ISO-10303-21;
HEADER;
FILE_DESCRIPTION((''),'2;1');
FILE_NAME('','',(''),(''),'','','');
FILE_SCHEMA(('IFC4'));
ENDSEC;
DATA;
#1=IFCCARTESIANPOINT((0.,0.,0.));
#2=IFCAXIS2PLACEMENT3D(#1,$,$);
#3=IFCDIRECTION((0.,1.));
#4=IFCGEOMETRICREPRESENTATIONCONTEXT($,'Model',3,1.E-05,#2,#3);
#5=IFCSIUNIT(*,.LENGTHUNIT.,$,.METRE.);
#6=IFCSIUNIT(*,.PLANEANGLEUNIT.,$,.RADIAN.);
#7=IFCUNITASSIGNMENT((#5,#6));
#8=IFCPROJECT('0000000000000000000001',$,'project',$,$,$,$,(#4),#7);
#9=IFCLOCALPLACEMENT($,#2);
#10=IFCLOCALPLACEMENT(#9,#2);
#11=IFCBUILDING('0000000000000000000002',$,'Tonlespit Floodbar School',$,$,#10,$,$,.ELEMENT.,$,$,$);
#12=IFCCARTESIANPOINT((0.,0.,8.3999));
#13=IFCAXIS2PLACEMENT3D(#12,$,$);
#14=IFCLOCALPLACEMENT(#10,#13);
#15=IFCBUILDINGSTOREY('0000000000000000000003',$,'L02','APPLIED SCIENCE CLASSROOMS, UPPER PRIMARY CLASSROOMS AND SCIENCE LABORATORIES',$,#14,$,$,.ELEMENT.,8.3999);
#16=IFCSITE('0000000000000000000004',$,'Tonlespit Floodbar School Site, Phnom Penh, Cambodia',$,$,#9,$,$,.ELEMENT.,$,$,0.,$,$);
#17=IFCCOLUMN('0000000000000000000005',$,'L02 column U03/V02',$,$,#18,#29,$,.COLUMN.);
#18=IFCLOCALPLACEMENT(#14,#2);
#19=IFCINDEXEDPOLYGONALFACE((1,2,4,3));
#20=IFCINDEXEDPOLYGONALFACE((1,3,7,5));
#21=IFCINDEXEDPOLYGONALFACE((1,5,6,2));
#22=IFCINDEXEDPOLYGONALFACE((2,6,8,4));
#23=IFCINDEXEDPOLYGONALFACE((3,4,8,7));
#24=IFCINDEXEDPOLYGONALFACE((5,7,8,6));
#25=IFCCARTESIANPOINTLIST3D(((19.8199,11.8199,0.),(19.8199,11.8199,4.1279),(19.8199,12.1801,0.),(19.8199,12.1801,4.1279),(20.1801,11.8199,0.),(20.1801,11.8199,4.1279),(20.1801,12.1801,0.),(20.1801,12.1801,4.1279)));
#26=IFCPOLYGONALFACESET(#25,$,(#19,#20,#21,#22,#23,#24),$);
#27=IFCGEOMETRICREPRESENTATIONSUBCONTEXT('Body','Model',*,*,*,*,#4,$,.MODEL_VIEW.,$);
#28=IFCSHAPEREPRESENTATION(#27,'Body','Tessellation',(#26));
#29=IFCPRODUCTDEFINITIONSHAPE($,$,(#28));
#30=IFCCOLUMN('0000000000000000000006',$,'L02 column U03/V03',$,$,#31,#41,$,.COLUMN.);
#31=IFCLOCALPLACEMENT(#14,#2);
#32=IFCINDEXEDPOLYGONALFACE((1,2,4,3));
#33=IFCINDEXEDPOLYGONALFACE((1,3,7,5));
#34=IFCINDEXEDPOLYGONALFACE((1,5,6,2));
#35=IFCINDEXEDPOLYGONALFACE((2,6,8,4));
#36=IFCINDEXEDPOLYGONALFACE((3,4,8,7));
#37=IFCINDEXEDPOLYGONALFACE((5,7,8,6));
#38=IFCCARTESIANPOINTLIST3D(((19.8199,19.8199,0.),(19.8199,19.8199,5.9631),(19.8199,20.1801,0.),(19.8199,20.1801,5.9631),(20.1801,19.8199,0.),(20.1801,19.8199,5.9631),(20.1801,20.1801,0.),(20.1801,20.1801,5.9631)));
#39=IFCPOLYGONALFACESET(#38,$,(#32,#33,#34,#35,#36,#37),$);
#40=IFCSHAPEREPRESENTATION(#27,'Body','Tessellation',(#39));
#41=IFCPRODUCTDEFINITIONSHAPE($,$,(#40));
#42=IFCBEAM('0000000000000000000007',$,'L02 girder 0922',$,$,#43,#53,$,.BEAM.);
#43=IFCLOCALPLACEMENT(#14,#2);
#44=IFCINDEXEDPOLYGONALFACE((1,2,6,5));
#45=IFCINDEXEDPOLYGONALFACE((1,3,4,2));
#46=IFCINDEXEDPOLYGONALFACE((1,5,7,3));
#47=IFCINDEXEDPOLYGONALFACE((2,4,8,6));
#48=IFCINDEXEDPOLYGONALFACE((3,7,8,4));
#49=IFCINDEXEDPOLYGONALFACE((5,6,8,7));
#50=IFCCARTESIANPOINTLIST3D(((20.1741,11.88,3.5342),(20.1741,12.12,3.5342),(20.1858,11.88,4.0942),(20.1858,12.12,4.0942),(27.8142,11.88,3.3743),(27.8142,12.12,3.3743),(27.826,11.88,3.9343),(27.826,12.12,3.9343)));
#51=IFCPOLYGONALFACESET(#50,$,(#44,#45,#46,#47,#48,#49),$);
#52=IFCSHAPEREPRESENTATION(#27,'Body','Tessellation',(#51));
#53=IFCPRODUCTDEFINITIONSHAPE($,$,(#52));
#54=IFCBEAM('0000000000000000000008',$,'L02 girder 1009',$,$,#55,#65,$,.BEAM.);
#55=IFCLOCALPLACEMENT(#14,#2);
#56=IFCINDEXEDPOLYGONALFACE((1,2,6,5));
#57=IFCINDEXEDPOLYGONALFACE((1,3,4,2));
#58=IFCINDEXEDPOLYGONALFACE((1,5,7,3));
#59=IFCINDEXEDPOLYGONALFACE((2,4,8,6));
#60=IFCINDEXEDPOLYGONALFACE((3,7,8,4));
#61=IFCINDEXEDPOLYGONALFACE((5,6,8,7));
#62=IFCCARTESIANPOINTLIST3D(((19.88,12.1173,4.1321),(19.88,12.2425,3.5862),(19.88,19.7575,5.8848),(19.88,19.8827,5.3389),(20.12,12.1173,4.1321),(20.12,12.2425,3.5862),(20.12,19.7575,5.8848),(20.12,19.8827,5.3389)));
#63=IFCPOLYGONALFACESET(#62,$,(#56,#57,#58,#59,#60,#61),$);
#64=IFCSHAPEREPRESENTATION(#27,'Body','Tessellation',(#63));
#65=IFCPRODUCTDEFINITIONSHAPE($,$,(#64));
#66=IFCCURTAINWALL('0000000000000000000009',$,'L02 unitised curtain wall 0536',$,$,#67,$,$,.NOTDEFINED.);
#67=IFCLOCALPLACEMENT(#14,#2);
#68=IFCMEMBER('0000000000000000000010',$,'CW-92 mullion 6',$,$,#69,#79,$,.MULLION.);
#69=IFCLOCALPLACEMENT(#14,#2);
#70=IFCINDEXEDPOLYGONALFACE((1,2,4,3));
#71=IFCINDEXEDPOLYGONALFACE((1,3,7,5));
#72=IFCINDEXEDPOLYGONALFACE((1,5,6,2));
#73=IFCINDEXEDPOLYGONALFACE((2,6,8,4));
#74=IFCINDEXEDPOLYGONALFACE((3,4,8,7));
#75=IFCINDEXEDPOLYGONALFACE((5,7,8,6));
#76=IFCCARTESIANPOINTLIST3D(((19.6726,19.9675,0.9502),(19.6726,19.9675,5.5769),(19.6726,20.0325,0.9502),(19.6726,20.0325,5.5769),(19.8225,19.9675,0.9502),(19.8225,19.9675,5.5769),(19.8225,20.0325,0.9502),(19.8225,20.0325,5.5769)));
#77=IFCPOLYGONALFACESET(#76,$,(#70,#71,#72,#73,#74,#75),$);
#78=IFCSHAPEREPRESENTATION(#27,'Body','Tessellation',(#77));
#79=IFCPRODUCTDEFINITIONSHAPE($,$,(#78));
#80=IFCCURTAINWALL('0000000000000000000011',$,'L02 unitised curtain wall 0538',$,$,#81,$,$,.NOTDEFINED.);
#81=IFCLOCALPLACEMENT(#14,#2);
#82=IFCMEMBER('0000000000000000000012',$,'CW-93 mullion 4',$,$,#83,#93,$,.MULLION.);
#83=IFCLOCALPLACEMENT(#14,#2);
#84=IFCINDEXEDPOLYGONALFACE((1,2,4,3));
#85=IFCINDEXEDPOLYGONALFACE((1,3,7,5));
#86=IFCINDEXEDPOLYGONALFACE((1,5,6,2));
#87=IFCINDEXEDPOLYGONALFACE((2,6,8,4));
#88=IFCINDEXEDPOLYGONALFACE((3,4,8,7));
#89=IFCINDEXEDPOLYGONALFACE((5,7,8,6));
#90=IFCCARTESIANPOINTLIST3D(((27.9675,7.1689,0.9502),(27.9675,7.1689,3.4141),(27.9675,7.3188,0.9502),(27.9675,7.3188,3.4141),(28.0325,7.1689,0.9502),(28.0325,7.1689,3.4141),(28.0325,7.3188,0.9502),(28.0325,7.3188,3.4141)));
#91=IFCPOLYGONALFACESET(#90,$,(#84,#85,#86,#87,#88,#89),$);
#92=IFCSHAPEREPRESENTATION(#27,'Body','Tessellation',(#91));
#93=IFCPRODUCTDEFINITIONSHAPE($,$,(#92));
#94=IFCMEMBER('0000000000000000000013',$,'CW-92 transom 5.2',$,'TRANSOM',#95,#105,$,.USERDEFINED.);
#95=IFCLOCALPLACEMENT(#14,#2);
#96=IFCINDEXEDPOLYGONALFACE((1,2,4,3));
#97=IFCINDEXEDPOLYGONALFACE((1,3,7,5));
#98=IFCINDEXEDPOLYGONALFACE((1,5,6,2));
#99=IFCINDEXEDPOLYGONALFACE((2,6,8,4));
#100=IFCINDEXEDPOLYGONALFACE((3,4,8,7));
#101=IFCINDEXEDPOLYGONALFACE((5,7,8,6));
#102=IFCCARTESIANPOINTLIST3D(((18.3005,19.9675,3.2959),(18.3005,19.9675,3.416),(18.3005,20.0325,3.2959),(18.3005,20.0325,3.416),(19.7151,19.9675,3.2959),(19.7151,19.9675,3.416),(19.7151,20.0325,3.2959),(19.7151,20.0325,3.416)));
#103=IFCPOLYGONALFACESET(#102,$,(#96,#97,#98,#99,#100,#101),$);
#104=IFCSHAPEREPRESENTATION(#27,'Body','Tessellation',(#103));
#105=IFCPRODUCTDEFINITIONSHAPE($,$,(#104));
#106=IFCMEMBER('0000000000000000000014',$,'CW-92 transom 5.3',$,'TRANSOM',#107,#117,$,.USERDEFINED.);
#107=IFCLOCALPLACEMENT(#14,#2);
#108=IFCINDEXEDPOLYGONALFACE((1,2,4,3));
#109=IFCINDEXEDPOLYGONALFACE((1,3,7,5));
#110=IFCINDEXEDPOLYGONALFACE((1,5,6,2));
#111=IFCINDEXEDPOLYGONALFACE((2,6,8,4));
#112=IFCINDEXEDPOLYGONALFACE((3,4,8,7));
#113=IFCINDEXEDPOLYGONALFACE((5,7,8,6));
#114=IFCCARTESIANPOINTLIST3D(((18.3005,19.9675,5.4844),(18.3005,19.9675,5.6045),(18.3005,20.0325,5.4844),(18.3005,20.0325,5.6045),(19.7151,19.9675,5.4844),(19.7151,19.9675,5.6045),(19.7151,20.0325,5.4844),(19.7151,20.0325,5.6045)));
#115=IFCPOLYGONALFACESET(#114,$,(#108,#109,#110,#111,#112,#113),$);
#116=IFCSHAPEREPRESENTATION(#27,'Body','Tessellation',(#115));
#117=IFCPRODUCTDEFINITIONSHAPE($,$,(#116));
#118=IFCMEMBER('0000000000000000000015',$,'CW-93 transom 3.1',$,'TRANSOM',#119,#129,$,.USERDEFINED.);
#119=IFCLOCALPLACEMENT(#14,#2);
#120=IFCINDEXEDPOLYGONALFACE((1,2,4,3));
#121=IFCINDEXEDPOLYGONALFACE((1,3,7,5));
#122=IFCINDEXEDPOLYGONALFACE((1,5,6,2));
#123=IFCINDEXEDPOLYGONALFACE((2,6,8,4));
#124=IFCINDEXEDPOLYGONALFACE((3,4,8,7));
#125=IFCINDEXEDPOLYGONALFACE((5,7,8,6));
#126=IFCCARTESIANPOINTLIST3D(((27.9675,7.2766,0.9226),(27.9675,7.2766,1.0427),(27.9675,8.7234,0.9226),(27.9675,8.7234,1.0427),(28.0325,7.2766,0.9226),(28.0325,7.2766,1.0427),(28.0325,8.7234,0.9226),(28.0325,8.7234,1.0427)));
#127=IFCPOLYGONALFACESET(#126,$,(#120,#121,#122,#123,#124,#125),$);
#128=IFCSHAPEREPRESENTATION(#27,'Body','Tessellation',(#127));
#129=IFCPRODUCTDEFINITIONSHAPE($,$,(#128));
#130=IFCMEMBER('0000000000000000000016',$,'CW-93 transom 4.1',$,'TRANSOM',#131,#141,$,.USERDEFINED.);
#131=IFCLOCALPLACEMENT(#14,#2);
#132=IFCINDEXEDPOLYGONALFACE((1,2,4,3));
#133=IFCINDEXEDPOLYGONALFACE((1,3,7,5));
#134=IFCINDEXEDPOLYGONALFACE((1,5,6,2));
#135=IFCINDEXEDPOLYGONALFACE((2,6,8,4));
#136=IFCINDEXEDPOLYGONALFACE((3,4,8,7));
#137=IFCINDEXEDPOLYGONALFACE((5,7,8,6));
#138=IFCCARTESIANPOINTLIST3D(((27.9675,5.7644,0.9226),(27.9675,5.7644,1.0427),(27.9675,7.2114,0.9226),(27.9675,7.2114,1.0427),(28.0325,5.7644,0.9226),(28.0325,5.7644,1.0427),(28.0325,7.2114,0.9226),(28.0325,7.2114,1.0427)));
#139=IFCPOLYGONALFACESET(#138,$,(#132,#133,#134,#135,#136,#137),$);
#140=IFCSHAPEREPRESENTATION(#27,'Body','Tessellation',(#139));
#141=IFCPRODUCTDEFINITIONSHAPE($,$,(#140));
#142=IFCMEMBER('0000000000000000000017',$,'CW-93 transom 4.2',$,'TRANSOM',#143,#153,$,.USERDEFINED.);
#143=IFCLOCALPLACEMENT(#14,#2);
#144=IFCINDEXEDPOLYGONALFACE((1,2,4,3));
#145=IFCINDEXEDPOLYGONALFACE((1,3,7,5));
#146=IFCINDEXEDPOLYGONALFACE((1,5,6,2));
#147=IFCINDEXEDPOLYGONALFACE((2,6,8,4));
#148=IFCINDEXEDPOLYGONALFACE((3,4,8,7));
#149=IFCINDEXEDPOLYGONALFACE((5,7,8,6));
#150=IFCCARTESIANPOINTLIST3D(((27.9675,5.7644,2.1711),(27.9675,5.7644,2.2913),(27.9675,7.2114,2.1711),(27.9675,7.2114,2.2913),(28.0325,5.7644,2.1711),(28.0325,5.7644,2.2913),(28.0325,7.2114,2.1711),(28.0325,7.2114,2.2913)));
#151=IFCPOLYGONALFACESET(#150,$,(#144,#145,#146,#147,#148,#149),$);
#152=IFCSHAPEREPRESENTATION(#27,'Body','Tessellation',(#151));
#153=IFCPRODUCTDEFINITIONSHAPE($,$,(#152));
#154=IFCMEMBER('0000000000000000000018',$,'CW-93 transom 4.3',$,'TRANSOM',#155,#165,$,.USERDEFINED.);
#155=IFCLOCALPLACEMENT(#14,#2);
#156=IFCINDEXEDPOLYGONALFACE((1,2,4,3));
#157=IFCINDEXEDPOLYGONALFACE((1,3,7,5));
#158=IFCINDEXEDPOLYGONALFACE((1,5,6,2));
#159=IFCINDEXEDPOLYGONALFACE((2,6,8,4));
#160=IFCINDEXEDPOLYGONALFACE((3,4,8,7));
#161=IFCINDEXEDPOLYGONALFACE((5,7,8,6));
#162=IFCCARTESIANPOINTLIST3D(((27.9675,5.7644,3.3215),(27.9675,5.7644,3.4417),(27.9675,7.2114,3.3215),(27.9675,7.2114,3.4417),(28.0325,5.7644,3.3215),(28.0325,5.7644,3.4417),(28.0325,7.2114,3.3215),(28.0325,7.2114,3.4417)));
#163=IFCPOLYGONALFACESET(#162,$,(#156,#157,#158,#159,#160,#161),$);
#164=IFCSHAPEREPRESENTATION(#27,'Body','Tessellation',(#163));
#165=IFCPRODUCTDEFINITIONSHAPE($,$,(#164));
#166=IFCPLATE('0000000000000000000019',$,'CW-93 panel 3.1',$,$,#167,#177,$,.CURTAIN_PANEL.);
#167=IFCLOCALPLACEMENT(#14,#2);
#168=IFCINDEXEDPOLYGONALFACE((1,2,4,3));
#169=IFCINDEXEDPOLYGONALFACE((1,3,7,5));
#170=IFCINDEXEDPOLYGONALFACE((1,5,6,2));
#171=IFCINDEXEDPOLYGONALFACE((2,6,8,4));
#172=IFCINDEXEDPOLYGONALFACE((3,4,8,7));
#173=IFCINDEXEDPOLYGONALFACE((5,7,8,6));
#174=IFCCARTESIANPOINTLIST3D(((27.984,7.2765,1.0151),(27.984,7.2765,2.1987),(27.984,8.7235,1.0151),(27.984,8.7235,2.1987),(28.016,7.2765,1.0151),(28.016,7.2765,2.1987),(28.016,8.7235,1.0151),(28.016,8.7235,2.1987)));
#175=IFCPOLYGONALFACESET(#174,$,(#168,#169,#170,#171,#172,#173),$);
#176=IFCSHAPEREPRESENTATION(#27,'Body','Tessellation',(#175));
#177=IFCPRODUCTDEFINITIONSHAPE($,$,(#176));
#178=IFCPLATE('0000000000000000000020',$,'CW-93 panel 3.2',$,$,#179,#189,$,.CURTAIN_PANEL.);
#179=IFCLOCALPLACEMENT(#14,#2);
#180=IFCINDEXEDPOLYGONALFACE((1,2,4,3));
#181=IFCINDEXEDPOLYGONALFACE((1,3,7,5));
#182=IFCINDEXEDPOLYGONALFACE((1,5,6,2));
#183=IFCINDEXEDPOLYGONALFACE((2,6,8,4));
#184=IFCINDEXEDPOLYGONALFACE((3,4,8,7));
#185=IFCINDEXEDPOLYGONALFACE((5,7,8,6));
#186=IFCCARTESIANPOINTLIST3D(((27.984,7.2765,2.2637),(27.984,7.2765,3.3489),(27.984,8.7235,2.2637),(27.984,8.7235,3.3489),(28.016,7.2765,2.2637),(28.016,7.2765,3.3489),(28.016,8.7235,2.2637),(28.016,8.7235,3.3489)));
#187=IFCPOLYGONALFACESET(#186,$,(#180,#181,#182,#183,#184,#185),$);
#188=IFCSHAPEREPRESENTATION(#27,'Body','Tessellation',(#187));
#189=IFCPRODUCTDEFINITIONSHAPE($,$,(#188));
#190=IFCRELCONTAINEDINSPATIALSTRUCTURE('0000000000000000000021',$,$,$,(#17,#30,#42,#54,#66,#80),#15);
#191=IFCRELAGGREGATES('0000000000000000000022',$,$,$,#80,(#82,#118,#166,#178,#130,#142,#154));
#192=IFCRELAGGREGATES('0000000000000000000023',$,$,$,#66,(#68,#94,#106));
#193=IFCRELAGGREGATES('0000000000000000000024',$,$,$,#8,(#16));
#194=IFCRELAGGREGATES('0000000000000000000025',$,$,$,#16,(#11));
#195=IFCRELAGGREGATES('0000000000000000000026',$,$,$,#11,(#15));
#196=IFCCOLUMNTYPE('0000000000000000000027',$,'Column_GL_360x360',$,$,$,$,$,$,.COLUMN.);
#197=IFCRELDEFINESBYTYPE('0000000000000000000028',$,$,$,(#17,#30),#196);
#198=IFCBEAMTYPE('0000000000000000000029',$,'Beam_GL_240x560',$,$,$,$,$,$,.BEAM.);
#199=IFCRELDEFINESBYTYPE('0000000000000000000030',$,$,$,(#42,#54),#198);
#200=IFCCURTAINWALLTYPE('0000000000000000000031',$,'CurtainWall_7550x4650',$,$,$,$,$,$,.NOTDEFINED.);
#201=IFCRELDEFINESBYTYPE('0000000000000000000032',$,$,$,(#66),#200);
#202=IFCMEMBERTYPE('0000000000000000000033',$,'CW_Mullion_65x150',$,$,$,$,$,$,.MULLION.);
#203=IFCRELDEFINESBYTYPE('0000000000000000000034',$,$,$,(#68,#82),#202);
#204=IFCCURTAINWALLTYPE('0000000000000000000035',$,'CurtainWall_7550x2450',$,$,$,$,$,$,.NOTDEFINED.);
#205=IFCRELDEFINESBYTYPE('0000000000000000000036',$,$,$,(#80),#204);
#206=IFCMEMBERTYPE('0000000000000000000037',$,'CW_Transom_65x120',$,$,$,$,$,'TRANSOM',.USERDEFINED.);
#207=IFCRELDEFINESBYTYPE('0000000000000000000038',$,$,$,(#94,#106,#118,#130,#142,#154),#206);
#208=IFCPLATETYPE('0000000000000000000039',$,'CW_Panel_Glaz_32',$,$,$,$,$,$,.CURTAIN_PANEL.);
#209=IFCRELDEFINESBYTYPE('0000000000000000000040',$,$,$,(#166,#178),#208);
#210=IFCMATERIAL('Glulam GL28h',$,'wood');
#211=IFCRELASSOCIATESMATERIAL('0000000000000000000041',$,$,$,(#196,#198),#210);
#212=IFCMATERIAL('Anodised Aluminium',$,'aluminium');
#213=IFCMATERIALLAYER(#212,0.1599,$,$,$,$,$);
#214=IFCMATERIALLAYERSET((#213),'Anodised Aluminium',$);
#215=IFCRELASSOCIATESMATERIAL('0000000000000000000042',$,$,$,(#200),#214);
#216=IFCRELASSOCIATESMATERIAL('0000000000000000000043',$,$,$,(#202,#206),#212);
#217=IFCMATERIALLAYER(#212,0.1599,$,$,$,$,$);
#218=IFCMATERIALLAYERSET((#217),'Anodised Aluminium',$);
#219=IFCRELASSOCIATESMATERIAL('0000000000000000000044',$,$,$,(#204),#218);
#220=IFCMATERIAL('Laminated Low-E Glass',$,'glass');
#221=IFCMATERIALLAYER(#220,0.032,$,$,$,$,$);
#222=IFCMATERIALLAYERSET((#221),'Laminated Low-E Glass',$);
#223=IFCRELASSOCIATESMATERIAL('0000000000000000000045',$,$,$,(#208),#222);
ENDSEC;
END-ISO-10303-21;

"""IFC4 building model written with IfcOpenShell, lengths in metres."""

from ifc_helpers import new_model, si_unit, direction, frame, origin, origin_2d, place, context, subcontext, project, spatial, rectangle, extrude, material, layer, layer_set, material_profile, profile_set, type_object, element, aggregate, save


model = new_model("IFC4")

# Units and contexts
model_context = context("Model", 3, precision=1e-05, world=origin(), true_north=direction((0.0, 1.0)))
body_context = subcontext(model_context, "Body", "Model", "MODEL_VIEW")
ifc_project = project(units=[si_unit("LENGTHUNIT", "METRE"), si_unit("PLANEANGLEUNIT", "RADIAN")], contexts=[model_context])

# Site, building, storey
site_placement = place(None, origin())
site = spatial("IfcSite", under=ifc_project, at=site_placement, Name="Tonlespit Floodbar School Site, Phnom Penh, Cambodia", CompositionType="ELEMENT", RefElevation=0.0)
building_placement = place(site_placement, origin())
building = spatial("IfcBuilding", under=site, at=building_placement, Name="Tonlespit Floodbar School", CompositionType="ELEMENT")
storey_placement = place(building_placement, frame((0.0, 0.0, 8.3999)))
storey = spatial("IfcBuildingStorey", under=building, at=storey_placement, Name="L02", Description="APPLIED SCIENCE CLASSROOMS, UPPER PRIMARY CLASSROOMS AND SCIENCE LABORATORIES", CompositionType="ELEMENT", Elevation=8.3999)

# Columns
ifc_material_1 = material(Name="Glulam GL28h", Category="wood")
ifc_material_profile_1 = material_profile(ifc_material_1, rectangle(XDim=0.3601, YDim=0.3601, at=origin_2d()), Name="GL 360x360")
ifc_profile_set_1 = profile_set([ifc_material_profile_1], Name="Glulam GL28h")
column_type = type_object("IfcColumnType", Name="Column_GL_360x360", PredefinedType="COLUMN", material=ifc_profile_set_1)
column_1_placement = place(storey_placement, frame((20.0, 12.0, 0.0), z_axis=(0.0, 0.0, 1.0), x_axis=(1.0, 0.0, 0.0)))
element("IfcColumn", 1, at=column_1_placement, inside=storey, type_object=column_type, Name="L02 column U03/V02", PredefinedType="COLUMN", context=body_context, shape_type="SweptSolid", body=[
    extrude(rectangle(XDim=0.3601, YDim=0.3601, at=origin_2d()), origin(), (0.0, 0.0, 1.0), 4.1279),
])
column_2_placement = place(storey_placement, frame((20.0, 20.0, 0.0), z_axis=(0.0, 0.0, 1.0), x_axis=(1.0, 0.0, 0.0)))
element("IfcColumn", 2, at=column_2_placement, inside=storey, type_object=column_type, Name="L02 column U03/V03", PredefinedType="COLUMN", context=body_context, shape_type="SweptSolid", body=[
    extrude(rectangle(XDim=0.3601, YDim=0.3601, at=origin_2d()), origin(), (0.0, 0.0, 1.0), 5.9631),
])

# Beams
ifc_material_profile_2 = material_profile(ifc_material_1, rectangle(XDim=0.24, YDim=0.5601, at=origin_2d()), Name="GL 240x560")
ifc_profile_set_2 = profile_set([ifc_material_profile_2], Name="Glulam GL28h")
beam_type = type_object("IfcBeamType", Name="Beam_GL_240x560", PredefinedType="BEAM", material=ifc_profile_set_2)
beam_1_placement = place(storey_placement, frame((20.1799, 12.0, 3.8142), z_axis=(0.999781, 0.0, -0.020926), x_axis=(0.0, 1.0, 0.0)))
element("IfcBeam", 3, at=beam_1_placement, inside=storey, type_object=beam_type, Name="L02 girder 0922", PredefinedType="BEAM", context=body_context, shape_type="SweptSolid", body=[
    extrude(rectangle(XDim=0.24, YDim=0.5601, at=origin_2d()), origin(), (0.0, 0.0, 1.0), 7.6418),
])
beam_2_placement = place(storey_placement, frame((20.0, 12.1799, 3.8591), z_axis=(0.0, 0.974682, 0.223597), x_axis=(-1.0, 0.0, 0.0)))
element("IfcBeam", 4, at=beam_2_placement, inside=storey, type_object=beam_type, Name="L02 girder 1009", PredefinedType="BEAM", context=body_context, shape_type="SweptSolid", body=[
    extrude(rectangle(XDim=0.24, YDim=0.5601, at=origin_2d()), origin(), (0.0, 0.0, 1.0), 7.8386),
])

# Curtain walls, members
ifc_material_2 = material(Name="Anodised Aluminium", Category="aluminium")
ifc_layer_1 = layer(ifc_material_2, 0.1599)
ifc_layer_set_1 = layer_set([ifc_layer_1], Name="Anodised Aluminium")
curtain_wall_type_1 = type_object("IfcCurtainWallType", Name="CurtainWall_7550x4650", PredefinedType="NOTDEFINED", material=ifc_layer_set_1)
curtain_wall_1_placement = place(storey_placement, origin())
curtain_wall_1 = element("IfcCurtainWall", 5, at=curtain_wall_1_placement, inside=storey, type_object=curtain_wall_type_1, Name="L02 unitised curtain wall 0536", PredefinedType="NOTDEFINED")
ifc_material_profile_3 = material_profile(ifc_material_2, rectangle(XDim=0.0649, YDim=0.1499, at=origin_2d()), Name="ALU M65x150")
ifc_profile_set_3 = profile_set([ifc_material_profile_3], Name="Anodised Aluminium")
member_type_1 = type_object("IfcMemberType", Name="CW_Mullion_65x150", PredefinedType="MULLION", material=ifc_profile_set_3)
member_1_placement = place(storey_placement, frame((19.7476, 20.0, 0.9502), z_axis=(0.0, 0.0, 1.0), x_axis=(0.0, 1.0, 0.0)))
member_1 = element("IfcMember", 6, at=member_1_placement, type_object=member_type_1, Name="CW-92 mullion 6", PredefinedType="MULLION", context=body_context, shape_type="SweptSolid", body=[
    extrude(rectangle(XDim=0.0649, YDim=0.1499, at=origin_2d()), origin(), (0.0, 0.0, 1.0), 4.6267),
])
ifc_layer_2 = layer(ifc_material_2, 0.1599)
ifc_layer_set_2 = layer_set([ifc_layer_2], Name="Anodised Aluminium")
curtain_wall_type_2 = type_object("IfcCurtainWallType", Name="CurtainWall_7550x2450", PredefinedType="NOTDEFINED", material=ifc_layer_set_2)
curtain_wall_2_placement = place(storey_placement, origin())
curtain_wall_2 = element("IfcCurtainWall", 7, at=curtain_wall_2_placement, inside=storey, type_object=curtain_wall_type_2, Name="L02 unitised curtain wall 0538", PredefinedType="NOTDEFINED")
member_2_placement = place(storey_placement, frame((28.0, 7.2439, 0.9502), z_axis=(0.0, 0.0, 1.0), x_axis=(1.0, 0.0, 0.0)))
member_2 = element("IfcMember", 8, at=member_2_placement, type_object=member_type_1, Name="CW-93 mullion 4", PredefinedType="MULLION", context=body_context, shape_type="SweptSolid", body=[
    extrude(rectangle(XDim=0.0649, YDim=0.1499, at=origin_2d()), origin(), (0.0, 0.0, 1.0), 2.4639),
])

# Members
ifc_material_profile_4 = material_profile(ifc_material_2, rectangle(XDim=0.0649, YDim=0.1201, at=origin_2d()), Name="ALU T65x120")
ifc_profile_set_4 = profile_set([ifc_material_profile_4], Name="Anodised Aluminium")
member_type_2 = type_object("IfcMemberType", Name="CW_Transom_65x120", ElementType="TRANSOM", PredefinedType="USERDEFINED", material=ifc_profile_set_4)
member_3_placement = place(storey_placement, frame((18.3005, 20.0, 3.356), z_axis=(1.0, 0.0, 0.0), x_axis=(0.0, 1.0, 0.0)))
member_3 = element("IfcMember", 9, at=member_3_placement, type_object=member_type_2, Name="CW-92 transom 5.2", ObjectType="TRANSOM", PredefinedType="USERDEFINED", context=body_context, shape_type="SweptSolid", body=[
    extrude(rectangle(XDim=0.0649, YDim=0.1201, at=origin_2d()), origin(), (0.0, 0.0, 1.0), 1.4146),
])
member_4_placement = place(storey_placement, frame((18.3005, 20.0, 5.5444), z_axis=(1.0, 0.0, 0.0), x_axis=(0.0, 1.0, 0.0)))
member_4 = element("IfcMember", 10, at=member_4_placement, type_object=member_type_2, Name="CW-92 transom 5.3", ObjectType="TRANSOM", PredefinedType="USERDEFINED", context=body_context, shape_type="SweptSolid", body=[
    extrude(rectangle(XDim=0.0649, YDim=0.1201, at=origin_2d()), origin(), (0.0, 0.0, 1.0), 1.4146),
])
member_5_placement = place(storey_placement, frame((28.0, 8.7234, 0.9827), z_axis=(0.0, -1.0, 0.0), x_axis=(1.0, 0.0, 0.0)))
member_5 = element("IfcMember", 11, at=member_5_placement, type_object=member_type_2, Name="CW-93 transom 3.1", ObjectType="TRANSOM", PredefinedType="USERDEFINED", context=body_context, shape_type="SweptSolid", body=[
    extrude(rectangle(XDim=0.0649, YDim=0.1201, at=origin_2d()), origin(), (0.0, 0.0, 1.0), 1.4468),
])
member_6_placement = place(storey_placement, frame((28.0, 7.2114, 0.9827), z_axis=(0.0, -1.0, 0.0), x_axis=(1.0, 0.0, 0.0)))
member_6 = element("IfcMember", 12, at=member_6_placement, type_object=member_type_2, Name="CW-93 transom 4.1", ObjectType="TRANSOM", PredefinedType="USERDEFINED", context=body_context, shape_type="SweptSolid", body=[
    extrude(rectangle(XDim=0.0649, YDim=0.1201, at=origin_2d()), origin(), (0.0, 0.0, 1.0), 1.447),
])
member_7_placement = place(storey_placement, frame((28.0, 7.2114, 2.2312), z_axis=(0.0, -1.0, 0.0), x_axis=(1.0, 0.0, 0.0)))
member_7 = element("IfcMember", 13, at=member_7_placement, type_object=member_type_2, Name="CW-93 transom 4.2", ObjectType="TRANSOM", PredefinedType="USERDEFINED", context=body_context, shape_type="SweptSolid", body=[
    extrude(rectangle(XDim=0.0649, YDim=0.1201, at=origin_2d()), origin(), (0.0, 0.0, 1.0), 1.447),
])
member_8_placement = place(storey_placement, frame((28.0, 7.2114, 3.3816), z_axis=(0.0, -1.0, 0.0), x_axis=(1.0, 0.0, 0.0)))
member_8 = element("IfcMember", 14, at=member_8_placement, type_object=member_type_2, Name="CW-93 transom 4.3", ObjectType="TRANSOM", PredefinedType="USERDEFINED", context=body_context, shape_type="SweptSolid", body=[
    extrude(rectangle(XDim=0.0649, YDim=0.1201, at=origin_2d()), origin(), (0.0, 0.0, 1.0), 1.447),
])

# Plates
ifc_material_3 = material(Name="Laminated Low-E Glass", Category="glass")
ifc_layer_3 = layer(ifc_material_3, 0.032)
ifc_layer_set_3 = layer_set([ifc_layer_3], Name="Laminated Low-E Glass")
plate_type_1 = type_object("IfcPlateType", Name="CW_Panel_Glaz_32", PredefinedType="CURTAIN_PANEL", material=ifc_layer_set_3)
plate_1_placement = place(storey_placement, frame((28.0, 8.0, 1.0151), z_axis=(0.0, 0.0, 1.0), x_axis=(0.0, -1.0, 0.0)))
plate_1 = element("IfcPlate", 15, at=plate_1_placement, type_object=plate_type_1, Name="CW-93 panel 3.1", PredefinedType="CURTAIN_PANEL", context=body_context, shape_type="SweptSolid", body=[
    extrude(rectangle(XDim=1.447, YDim=0.032, at=origin_2d()), origin(), (0.0, 0.0, 1.0), 1.1836),
])
plate_2_placement = place(storey_placement, frame((28.0, 8.0, 2.2637), z_axis=(0.0, 0.0, 1.0), x_axis=(0.0, -1.0, 0.0)))
plate_2 = element("IfcPlate", 16, at=plate_2_placement, type_object=plate_type_1, Name="CW-93 panel 3.2", PredefinedType="CURTAIN_PANEL", context=body_context, shape_type="SweptSolid", body=[
    extrude(rectangle(XDim=1.447, YDim=0.032, at=origin_2d()), origin(), (0.0, 0.0, 1.0), 1.0852),
])
aggregate(curtain_wall_2, [member_2, member_5, plate_1, plate_2, member_6, member_7, member_8])
aggregate(curtain_wall_1, [member_1, member_3, member_4])

save(model, "model.ifc")
